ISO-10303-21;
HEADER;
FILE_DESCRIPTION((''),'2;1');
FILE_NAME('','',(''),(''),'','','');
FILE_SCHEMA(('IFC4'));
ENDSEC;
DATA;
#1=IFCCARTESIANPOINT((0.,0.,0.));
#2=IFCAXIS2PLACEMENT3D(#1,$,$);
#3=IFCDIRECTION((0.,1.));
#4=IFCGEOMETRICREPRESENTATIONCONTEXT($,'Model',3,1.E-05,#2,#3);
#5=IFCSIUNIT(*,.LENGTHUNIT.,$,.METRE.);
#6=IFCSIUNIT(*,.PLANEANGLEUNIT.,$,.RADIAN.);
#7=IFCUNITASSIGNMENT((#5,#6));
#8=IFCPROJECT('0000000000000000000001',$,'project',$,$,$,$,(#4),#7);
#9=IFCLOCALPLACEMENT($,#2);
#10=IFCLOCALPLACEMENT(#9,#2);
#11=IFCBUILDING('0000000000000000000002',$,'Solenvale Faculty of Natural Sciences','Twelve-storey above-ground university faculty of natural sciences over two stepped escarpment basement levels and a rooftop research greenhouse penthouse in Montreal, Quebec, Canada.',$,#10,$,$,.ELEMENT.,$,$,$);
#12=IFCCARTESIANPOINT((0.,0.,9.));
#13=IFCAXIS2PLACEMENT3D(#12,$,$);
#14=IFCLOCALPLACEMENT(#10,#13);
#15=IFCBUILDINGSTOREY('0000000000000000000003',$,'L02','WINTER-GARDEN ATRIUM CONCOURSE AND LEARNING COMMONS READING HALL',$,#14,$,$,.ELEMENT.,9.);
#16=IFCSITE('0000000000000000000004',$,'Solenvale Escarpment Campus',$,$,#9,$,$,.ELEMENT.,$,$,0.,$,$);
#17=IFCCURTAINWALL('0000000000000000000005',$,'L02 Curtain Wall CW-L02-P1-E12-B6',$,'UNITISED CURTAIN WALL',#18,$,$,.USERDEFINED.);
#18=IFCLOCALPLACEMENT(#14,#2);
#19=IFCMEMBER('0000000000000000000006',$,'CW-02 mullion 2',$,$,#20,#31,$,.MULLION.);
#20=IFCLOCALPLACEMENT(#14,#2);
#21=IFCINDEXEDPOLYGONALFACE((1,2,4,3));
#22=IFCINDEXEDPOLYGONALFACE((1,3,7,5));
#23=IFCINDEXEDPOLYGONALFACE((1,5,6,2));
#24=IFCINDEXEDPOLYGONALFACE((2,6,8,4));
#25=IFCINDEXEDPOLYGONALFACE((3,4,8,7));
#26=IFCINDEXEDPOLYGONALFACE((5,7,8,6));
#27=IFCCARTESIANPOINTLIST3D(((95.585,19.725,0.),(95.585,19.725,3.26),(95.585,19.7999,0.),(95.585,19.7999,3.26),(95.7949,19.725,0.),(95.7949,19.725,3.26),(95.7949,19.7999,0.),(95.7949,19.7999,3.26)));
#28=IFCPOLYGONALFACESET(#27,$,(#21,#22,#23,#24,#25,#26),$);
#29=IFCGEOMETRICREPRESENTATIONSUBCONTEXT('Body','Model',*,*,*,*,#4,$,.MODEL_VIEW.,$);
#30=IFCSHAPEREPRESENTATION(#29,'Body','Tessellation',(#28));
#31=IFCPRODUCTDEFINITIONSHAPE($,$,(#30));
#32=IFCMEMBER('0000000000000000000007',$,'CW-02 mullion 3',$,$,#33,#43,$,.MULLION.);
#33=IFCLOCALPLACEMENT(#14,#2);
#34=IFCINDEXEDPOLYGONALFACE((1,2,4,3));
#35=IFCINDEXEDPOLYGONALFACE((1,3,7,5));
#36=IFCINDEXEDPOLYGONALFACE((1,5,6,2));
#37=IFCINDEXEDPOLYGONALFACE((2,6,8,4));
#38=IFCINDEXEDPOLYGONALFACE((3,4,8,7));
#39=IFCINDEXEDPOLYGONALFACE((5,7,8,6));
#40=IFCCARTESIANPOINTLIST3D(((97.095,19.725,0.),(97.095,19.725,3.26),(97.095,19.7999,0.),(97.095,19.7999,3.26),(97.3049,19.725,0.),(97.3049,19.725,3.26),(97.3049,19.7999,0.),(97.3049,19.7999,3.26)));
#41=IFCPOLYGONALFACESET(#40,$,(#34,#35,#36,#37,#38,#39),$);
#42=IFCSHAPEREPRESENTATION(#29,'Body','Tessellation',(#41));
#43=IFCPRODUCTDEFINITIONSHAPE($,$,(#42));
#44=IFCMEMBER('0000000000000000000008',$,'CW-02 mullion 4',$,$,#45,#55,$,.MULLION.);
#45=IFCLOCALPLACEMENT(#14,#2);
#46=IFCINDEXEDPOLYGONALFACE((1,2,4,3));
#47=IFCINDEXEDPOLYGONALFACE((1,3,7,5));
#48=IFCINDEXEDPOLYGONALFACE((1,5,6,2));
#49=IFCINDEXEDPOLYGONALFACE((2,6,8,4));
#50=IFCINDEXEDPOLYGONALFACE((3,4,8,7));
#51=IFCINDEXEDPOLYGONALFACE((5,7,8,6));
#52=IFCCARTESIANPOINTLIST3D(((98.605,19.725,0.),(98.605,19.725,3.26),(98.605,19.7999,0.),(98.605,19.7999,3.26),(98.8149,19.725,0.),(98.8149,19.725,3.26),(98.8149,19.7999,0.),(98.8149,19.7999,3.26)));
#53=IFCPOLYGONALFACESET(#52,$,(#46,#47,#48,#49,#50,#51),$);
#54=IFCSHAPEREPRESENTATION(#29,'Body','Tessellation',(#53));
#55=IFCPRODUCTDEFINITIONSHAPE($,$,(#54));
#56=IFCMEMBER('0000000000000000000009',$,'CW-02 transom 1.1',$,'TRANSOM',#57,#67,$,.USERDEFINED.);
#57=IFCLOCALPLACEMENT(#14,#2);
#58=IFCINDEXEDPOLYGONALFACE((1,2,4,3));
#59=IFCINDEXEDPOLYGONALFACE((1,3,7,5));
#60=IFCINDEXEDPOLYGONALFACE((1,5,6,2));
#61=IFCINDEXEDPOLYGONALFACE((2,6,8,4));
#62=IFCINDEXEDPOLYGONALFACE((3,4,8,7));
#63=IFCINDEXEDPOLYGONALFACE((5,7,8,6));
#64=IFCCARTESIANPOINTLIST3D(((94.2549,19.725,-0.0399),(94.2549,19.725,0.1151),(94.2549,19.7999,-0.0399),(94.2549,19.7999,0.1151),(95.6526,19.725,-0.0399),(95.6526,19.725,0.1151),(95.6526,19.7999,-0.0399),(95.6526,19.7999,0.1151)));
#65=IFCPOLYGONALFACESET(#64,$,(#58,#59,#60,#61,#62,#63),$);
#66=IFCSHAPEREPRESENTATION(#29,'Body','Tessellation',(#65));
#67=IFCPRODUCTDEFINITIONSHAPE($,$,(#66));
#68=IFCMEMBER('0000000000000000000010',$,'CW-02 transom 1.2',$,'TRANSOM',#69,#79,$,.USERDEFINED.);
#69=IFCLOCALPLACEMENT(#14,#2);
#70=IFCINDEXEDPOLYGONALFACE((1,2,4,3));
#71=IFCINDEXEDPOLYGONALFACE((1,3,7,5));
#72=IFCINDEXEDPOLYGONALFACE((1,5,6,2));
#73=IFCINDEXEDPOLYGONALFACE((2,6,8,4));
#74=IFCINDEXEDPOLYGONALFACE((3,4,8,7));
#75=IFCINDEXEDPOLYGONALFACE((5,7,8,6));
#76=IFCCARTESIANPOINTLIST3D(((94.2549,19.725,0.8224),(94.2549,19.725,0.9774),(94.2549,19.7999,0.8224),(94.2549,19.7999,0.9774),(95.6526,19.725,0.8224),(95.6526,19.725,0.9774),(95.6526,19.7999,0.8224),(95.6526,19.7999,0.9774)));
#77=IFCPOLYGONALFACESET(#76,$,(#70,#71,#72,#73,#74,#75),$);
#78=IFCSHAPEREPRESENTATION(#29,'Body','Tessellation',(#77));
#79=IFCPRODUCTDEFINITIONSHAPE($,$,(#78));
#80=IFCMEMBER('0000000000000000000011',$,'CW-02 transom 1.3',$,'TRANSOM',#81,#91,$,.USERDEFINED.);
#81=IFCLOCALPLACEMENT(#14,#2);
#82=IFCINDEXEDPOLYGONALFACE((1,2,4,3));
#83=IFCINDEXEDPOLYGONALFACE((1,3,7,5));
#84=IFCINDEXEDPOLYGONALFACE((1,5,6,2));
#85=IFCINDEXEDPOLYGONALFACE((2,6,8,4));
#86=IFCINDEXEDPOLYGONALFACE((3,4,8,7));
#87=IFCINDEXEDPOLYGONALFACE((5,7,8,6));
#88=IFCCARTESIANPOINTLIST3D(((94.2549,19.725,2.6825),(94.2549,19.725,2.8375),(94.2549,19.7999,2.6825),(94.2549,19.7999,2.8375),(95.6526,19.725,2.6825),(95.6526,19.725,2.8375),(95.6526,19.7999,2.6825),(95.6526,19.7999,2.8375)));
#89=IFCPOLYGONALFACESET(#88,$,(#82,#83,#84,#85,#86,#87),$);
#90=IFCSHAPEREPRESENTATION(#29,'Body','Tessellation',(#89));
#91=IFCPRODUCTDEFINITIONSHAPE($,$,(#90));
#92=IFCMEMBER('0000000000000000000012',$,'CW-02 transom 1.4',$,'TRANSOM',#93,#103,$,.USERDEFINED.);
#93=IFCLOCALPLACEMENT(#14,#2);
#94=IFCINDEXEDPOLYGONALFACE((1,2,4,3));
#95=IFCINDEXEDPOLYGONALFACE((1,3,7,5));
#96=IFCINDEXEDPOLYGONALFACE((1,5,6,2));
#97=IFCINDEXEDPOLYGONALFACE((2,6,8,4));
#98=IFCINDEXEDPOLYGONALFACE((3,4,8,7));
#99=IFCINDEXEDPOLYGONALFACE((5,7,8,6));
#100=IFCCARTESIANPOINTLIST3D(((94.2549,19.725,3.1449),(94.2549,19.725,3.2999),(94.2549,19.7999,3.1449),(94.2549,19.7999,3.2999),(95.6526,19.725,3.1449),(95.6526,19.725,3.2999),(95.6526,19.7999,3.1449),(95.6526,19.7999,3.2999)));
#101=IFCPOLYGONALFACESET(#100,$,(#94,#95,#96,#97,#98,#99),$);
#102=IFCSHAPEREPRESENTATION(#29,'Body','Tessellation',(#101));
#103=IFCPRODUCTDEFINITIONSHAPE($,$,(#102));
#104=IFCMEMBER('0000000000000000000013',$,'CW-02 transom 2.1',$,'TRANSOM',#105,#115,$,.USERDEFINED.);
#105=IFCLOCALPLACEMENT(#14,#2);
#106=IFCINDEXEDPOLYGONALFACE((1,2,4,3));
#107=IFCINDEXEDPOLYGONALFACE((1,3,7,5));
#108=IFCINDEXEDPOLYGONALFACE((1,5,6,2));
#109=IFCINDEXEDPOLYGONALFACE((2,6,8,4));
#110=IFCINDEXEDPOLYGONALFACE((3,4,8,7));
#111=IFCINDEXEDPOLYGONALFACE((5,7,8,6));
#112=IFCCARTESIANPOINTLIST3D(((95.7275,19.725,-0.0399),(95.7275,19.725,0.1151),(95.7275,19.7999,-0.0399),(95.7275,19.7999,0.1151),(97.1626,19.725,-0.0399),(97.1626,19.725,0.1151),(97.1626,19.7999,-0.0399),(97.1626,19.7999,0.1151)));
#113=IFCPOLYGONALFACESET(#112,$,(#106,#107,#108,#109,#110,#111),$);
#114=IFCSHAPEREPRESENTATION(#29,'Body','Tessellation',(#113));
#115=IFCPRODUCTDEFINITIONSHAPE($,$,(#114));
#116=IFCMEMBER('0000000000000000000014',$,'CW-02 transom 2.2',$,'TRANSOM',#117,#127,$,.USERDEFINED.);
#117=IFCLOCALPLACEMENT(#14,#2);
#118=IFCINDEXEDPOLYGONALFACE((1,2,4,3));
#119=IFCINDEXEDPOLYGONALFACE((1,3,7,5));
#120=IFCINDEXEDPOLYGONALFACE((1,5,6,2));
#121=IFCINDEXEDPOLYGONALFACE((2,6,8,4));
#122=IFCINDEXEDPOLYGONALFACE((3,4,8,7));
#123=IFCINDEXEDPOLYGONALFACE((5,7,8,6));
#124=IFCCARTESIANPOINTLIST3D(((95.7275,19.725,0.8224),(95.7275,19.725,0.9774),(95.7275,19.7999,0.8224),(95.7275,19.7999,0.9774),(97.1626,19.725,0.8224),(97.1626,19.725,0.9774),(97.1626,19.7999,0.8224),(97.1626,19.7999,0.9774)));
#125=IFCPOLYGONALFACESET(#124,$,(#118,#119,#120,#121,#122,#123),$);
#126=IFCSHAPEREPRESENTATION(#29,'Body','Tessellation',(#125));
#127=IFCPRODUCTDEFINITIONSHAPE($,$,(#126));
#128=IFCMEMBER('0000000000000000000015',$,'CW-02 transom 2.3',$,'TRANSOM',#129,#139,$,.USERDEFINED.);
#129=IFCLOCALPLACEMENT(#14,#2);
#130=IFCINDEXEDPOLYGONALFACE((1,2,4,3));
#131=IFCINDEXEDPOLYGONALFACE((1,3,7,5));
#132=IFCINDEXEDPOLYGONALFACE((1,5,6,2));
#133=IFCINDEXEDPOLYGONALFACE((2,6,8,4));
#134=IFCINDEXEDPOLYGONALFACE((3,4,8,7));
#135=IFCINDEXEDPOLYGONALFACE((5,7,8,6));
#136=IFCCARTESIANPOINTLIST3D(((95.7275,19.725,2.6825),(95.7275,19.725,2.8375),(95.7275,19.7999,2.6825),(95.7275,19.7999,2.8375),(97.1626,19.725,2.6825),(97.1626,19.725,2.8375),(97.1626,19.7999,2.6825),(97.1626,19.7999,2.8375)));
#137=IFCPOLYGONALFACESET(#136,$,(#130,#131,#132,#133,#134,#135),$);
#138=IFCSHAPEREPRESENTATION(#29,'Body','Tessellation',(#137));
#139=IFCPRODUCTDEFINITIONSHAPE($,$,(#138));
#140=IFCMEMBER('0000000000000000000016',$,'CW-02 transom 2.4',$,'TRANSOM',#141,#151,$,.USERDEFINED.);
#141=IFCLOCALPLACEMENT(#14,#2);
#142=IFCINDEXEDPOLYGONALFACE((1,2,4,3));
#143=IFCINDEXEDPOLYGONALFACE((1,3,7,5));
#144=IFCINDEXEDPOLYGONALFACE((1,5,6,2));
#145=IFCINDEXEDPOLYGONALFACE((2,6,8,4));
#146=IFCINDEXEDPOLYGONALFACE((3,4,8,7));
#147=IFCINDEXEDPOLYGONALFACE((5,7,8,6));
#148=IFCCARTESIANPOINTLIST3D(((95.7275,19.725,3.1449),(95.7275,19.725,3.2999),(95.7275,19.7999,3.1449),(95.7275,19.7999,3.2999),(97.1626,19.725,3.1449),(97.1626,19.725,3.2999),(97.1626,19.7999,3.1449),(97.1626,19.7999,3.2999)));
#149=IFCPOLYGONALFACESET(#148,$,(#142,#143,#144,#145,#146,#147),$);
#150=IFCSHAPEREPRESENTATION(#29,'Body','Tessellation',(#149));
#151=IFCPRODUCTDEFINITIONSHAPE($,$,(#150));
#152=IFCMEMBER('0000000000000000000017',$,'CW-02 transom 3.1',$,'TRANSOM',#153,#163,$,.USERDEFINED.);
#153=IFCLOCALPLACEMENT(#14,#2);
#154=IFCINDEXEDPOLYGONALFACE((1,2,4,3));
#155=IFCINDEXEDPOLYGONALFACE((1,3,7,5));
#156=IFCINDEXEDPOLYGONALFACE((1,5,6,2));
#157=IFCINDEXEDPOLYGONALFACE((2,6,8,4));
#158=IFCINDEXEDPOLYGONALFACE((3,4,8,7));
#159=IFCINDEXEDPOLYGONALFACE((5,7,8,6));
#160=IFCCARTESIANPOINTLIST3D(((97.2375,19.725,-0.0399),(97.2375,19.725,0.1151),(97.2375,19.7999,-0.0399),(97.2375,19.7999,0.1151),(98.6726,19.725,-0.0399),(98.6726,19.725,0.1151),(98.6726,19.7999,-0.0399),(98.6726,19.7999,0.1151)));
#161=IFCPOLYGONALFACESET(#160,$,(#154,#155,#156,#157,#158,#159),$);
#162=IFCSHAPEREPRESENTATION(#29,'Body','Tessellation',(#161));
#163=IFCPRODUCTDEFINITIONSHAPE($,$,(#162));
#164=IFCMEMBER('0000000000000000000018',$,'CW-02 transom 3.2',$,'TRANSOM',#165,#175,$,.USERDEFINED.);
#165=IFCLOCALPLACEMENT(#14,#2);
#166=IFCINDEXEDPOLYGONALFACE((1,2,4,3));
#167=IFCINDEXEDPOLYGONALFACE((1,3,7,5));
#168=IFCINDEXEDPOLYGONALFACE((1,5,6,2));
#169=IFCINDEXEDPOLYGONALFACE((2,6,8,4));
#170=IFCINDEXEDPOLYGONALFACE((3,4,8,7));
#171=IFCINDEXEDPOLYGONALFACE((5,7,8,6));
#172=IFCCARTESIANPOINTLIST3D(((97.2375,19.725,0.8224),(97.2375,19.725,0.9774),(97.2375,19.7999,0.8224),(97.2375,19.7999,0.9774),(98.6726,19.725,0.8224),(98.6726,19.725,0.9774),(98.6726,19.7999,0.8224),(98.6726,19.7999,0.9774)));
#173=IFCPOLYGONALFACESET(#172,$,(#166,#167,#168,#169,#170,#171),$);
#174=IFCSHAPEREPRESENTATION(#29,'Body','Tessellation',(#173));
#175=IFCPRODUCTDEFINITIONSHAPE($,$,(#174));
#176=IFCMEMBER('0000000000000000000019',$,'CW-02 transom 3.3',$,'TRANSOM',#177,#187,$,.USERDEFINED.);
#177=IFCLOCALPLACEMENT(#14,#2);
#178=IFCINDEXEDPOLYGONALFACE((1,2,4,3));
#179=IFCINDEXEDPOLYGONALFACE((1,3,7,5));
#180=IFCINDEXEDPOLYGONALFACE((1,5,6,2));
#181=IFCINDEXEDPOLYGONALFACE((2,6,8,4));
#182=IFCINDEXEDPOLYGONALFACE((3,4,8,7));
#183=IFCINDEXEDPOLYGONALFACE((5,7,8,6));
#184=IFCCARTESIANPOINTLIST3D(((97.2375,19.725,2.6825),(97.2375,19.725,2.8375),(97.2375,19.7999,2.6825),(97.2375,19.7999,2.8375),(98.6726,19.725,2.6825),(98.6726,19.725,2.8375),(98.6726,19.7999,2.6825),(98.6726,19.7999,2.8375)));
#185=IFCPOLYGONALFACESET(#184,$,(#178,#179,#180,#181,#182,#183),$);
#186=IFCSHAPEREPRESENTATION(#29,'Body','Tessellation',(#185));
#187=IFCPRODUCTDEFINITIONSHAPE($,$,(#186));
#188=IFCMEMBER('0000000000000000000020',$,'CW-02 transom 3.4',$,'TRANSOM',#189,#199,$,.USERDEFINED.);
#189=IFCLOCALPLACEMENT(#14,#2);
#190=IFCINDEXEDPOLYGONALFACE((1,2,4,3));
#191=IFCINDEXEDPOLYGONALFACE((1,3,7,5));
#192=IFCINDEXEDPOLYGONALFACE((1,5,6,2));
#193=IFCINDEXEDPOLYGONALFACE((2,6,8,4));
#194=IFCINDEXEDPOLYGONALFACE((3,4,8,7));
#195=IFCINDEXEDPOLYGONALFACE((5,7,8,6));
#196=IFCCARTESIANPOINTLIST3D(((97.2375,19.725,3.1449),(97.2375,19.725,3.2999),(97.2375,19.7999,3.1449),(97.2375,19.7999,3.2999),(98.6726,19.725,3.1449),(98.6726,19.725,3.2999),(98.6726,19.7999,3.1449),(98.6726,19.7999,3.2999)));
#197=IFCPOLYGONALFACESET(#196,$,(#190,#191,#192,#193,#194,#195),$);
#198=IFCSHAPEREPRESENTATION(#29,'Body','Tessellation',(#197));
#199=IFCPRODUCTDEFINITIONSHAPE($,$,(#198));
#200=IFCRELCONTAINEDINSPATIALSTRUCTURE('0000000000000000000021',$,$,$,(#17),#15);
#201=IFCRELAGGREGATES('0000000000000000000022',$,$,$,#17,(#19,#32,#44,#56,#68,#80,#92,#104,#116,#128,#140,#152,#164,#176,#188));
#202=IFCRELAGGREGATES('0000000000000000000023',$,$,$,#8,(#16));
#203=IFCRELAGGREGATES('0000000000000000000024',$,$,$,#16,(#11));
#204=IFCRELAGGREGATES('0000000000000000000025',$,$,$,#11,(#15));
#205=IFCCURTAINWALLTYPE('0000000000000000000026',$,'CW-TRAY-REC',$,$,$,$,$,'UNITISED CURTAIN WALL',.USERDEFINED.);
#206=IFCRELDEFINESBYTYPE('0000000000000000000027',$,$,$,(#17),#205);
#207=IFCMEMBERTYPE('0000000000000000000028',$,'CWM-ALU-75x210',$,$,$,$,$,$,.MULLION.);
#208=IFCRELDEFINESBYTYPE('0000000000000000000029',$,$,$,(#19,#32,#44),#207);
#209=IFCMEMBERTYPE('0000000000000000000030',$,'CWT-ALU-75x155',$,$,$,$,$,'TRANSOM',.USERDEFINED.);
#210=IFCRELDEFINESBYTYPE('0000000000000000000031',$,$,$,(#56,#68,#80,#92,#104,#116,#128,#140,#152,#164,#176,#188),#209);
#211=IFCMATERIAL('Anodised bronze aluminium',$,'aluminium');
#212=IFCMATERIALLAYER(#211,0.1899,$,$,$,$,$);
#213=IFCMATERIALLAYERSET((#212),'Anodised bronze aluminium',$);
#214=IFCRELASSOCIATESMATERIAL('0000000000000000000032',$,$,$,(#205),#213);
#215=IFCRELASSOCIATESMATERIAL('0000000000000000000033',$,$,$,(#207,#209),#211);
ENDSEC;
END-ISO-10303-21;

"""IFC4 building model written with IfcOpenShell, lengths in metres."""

from ifc_helpers import new_model, si_unit, direction, frame, origin, origin_2d, place, context, subcontext, project, spatial, rectangle, extrude, material, layer, layer_set, material_profile, profile_set, type_object, element, aggregate, save


model = new_model("IFC4")

# Units and contexts
model_context = context("Model", 3, precision=1e-05, world=origin(), true_north=direction((0.0, 1.0)))
body_context = subcontext(model_context, "Body", "Model", "MODEL_VIEW")
ifc_project = project(units=[si_unit("LENGTHUNIT", "METRE"), si_unit("PLANEANGLEUNIT", "RADIAN")], contexts=[model_context])

# Site, building, storey
site_placement = place(None, origin())
site = spatial("IfcSite", under=ifc_project, at=site_placement, Name="Solenvale Escarpment Campus", CompositionType="ELEMENT", RefElevation=0.0)
building_placement = place(site_placement, origin())
building = spatial("IfcBuilding", under=site, at=building_placement, Name="Solenvale Faculty of Natural Sciences", Description="Twelve-storey above-ground university faculty of natural sciences over two stepped escarpment basement levels and a rooftop research greenhouse penthouse in Montreal, Quebec, Canada.", CompositionType="ELEMENT")
storey_placement = place(building_placement, frame((0.0, 0.0, 9.0)))
storey = spatial("IfcBuildingStorey", under=building, at=storey_placement, Name="L02", Description="WINTER-GARDEN ATRIUM CONCOURSE AND LEARNING COMMONS READING HALL", CompositionType="ELEMENT", Elevation=9.0)

# Curtain wall, members
ifc_material_1 = material(Name="Anodised bronze aluminium", Category="aluminium")
ifc_layer_1 = layer(ifc_material_1, 0.1899)
ifc_layer_set_1 = layer_set([ifc_layer_1], Name="Anodised bronze aluminium")
curtain_wall_type = type_object("IfcCurtainWallType", Name="CW-TRAY-REC", ElementType="UNITISED CURTAIN WALL", PredefinedType="USERDEFINED", material=ifc_layer_set_1)
curtain_wall_placement = place(storey_placement, origin())
curtain_wall = element("IfcCurtainWall", 1, at=curtain_wall_placement, inside=storey, type_object=curtain_wall_type, Name="L02 Curtain Wall CW-L02-P1-E12-B6", ObjectType="UNITISED CURTAIN WALL", PredefinedType="USERDEFINED")
ifc_material_profile_1 = material_profile(ifc_material_1, rectangle(XDim=0.075, YDim=0.21, at=origin_2d()), Name="ALU-MUL-75x210")
ifc_profile_set_1 = profile_set([ifc_material_profile_1], Name="Anodised bronze aluminium")
member_type_1 = type_object("IfcMemberType", Name="CWM-ALU-75x210", PredefinedType="MULLION", material=ifc_profile_set_1)
member_1_placement = place(storey_placement, frame((95.6899, 19.7625, 0.0), z_axis=(0.0, 0.0, 1.0), x_axis=(0.0, 1.0, 0.0)))
member_1 = element("IfcMember", 2, at=member_1_placement, type_object=member_type_1, Name="CW-02 mullion 2", PredefinedType="MULLION", context=body_context, shape_type="SweptSolid", body=[
    extrude(rectangle(XDim=0.075, YDim=0.21, at=origin_2d()), origin(), (0.0, 0.0, 1.0), 3.26),
])
member_2_placement = place(storey_placement, frame((97.2, 19.7625, 0.0), z_axis=(0.0, 0.0, 1.0), x_axis=(0.0, 1.0, 0.0)))
member_2 = element("IfcMember", 3, at=member_2_placement, type_object=member_type_1, Name="CW-02 mullion 3", PredefinedType="MULLION", context=body_context, shape_type="SweptSolid", body=[
    extrude(rectangle(XDim=0.075, YDim=0.21, at=origin_2d()), origin(), (0.0, 0.0, 1.0), 3.26),
])
member_3_placement = place(storey_placement, frame((98.71, 19.7625, 0.0), z_axis=(0.0, 0.0, 1.0), x_axis=(0.0, 1.0, 0.0)))
member_3 = element("IfcMember", 4, at=member_3_placement, type_object=member_type_1, Name="CW-02 mullion 4", PredefinedType="MULLION", context=body_context, shape_type="SweptSolid", body=[
    extrude(rectangle(XDim=0.075, YDim=0.21, at=origin_2d()), origin(), (0.0, 0.0, 1.0), 3.26),
])
ifc_material_profile_2 = material_profile(ifc_material_1, rectangle(XDim=0.075, YDim=0.155, at=origin_2d()), Name="ALU-TRN-75x155")
ifc_profile_set_2 = profile_set([ifc_material_profile_2], Name="Anodised bronze aluminium")
member_type_2 = type_object("IfcMemberType", Name="CWT-ALU-75x155", ElementType="TRANSOM", PredefinedType="USERDEFINED", material=ifc_profile_set_2)
member_4_placement = place(storey_placement, frame((94.2549, 19.7625, 0.0376), z_axis=(1.0, 0.0, 0.0), x_axis=(0.0, 1.0, 0.0)))
member_4 = element("IfcMember", 5, at=member_4_placement, type_object=member_type_2, Name="CW-02 transom 1.1", ObjectType="TRANSOM", PredefinedType="USERDEFINED", context=body_context, shape_type="SweptSolid", body=[
    extrude(rectangle(XDim=0.075, YDim=0.155, at=origin_2d()), origin(), (0.0, 0.0, 1.0), 1.3977),
])
member_5_placement = place(storey_placement, frame((94.2549, 19.7625, 0.8999), z_axis=(1.0, 0.0, 0.0), x_axis=(0.0, 1.0, 0.0)))
member_5 = element("IfcMember", 6, at=member_5_placement, type_object=member_type_2, Name="CW-02 transom 1.2", ObjectType="TRANSOM", PredefinedType="USERDEFINED", context=body_context, shape_type="SweptSolid", body=[
    extrude(rectangle(XDim=0.075, YDim=0.155, at=origin_2d()), origin(), (0.0, 0.0, 1.0), 1.3977),
])
member_6_placement = place(storey_placement, frame((94.2549, 19.7625, 2.76), z_axis=(1.0, 0.0, 0.0), x_axis=(0.0, 1.0, 0.0)))
member_6 = element("IfcMember", 7, at=member_6_placement, type_object=member_type_2, Name="CW-02 transom 1.3", ObjectType="TRANSOM", PredefinedType="USERDEFINED", context=body_context, shape_type="SweptSolid", body=[
    extrude(rectangle(XDim=0.075, YDim=0.155, at=origin_2d()), origin(), (0.0, 0.0, 1.0), 1.3977),
])
member_7_placement = place(storey_placement, frame((94.2549, 19.7625, 3.2224), z_axis=(1.0, 0.0, 0.0), x_axis=(0.0, 1.0, 0.0)))
member_7 = element("IfcMember", 8, at=member_7_placement, type_object=member_type_2, Name="CW-02 transom 1.4", ObjectType="TRANSOM", PredefinedType="USERDEFINED", context=body_context, shape_type="SweptSolid", body=[
    extrude(rectangle(XDim=0.075, YDim=0.155, at=origin_2d()), origin(), (0.0, 0.0, 1.0), 1.3977),
])
member_8_placement = place(storey_placement, frame((95.7275, 19.7625, 0.0376), z_axis=(1.0, 0.0, 0.0), x_axis=(0.0, 1.0, 0.0)))
member_8 = element("IfcMember", 9, at=member_8_placement, type_object=member_type_2, Name="CW-02 transom 2.1", ObjectType="TRANSOM", PredefinedType="USERDEFINED", context=body_context, shape_type="SweptSolid", body=[
    extrude(rectangle(XDim=0.075, YDim=0.155, at=origin_2d()), origin(), (0.0, 0.0, 1.0), 1.4351),
])
member_9_placement = place(storey_placement, frame((95.7275, 19.7625, 0.8999), z_axis=(1.0, 0.0, 0.0), x_axis=(0.0, 1.0, 0.0)))
member_9 = element("IfcMember", 10, at=member_9_placement, type_object=member_type_2, Name="CW-02 transom 2.2", ObjectType="TRANSOM", PredefinedType="USERDEFINED", context=body_context, shape_type="SweptSolid", body=[
    extrude(rectangle(XDim=0.075, YDim=0.155, at=origin_2d()), origin(), (0.0, 0.0, 1.0), 1.4351),
])
member_10_placement = place(storey_placement, frame((95.7275, 19.7625, 2.76), z_axis=(1.0, 0.0, 0.0), x_axis=(0.0, 1.0, 0.0)))
member_10 = element("IfcMember", 11, at=member_10_placement, type_object=member_type_2, Name="CW-02 transom 2.3", ObjectType="TRANSOM", PredefinedType="USERDEFINED", context=body_context, shape_type="SweptSolid", body=[
    extrude(rectangle(XDim=0.075, YDim=0.155, at=origin_2d()), origin(), (0.0, 0.0, 1.0), 1.4351),
])
member_11_placement = place(storey_placement, frame((95.7275, 19.7625, 3.2224), z_axis=(1.0, 0.0, 0.0), x_axis=(0.0, 1.0, 0.0)))
member_11 = element("IfcMember", 12, at=member_11_placement, type_object=member_type_2, Name="CW-02 transom 2.4", ObjectType="TRANSOM", PredefinedType="USERDEFINED", context=body_context, shape_type="SweptSolid", body=[
    extrude(rectangle(XDim=0.075, YDim=0.155, at=origin_2d()), origin(), (0.0, 0.0, 1.0), 1.4351),
])
member_12_placement = place(storey_placement, frame((97.2375, 19.7625, 0.0376), z_axis=(1.0, 0.0, 0.0), x_axis=(0.0, 1.0, 0.0)))
member_12 = element("IfcMember", 13, at=member_12_placement, type_object=member_type_2, Name="CW-02 transom 3.1", ObjectType="TRANSOM", PredefinedType="USERDEFINED", context=body_context, shape_type="SweptSolid", body=[
    extrude(rectangle(XDim=0.075, YDim=0.155, at=origin_2d()), origin(), (0.0, 0.0, 1.0), 1.4351),
])
member_13_placement = place(storey_placement, frame((97.2375, 19.7625, 0.8999), z_axis=(1.0, 0.0, 0.0), x_axis=(0.0, 1.0, 0.0)))
member_13 = element("IfcMember", 14, at=member_13_placement, type_object=member_type_2, Name="CW-02 transom 3.2", ObjectType="TRANSOM", PredefinedType="USERDEFINED", context=body_context, shape_type="SweptSolid", body=[
    extrude(rectangle(XDim=0.075, YDim=0.155, at=origin_2d()), origin(), (0.0, 0.0, 1.0), 1.4351),
])
member_14_placement = place(storey_placement, frame((97.2375, 19.7625, 2.76), z_axis=(1.0, 0.0, 0.0), x_axis=(0.0, 1.0, 0.0)))
member_14 = element("IfcMember", 15, at=member_14_placement, type_object=member_type_2, Name="CW-02 transom 3.3", ObjectType="TRANSOM", PredefinedType="USERDEFINED", context=body_context, shape_type="SweptSolid", body=[
    extrude(rectangle(XDim=0.075, YDim=0.155, at=origin_2d()), origin(), (0.0, 0.0, 1.0), 1.4351),
])
member_15_placement = place(storey_placement, frame((97.2375, 19.7625, 3.2224), z_axis=(1.0, 0.0, 0.0), x_axis=(0.0, 1.0, 0.0)))
member_15 = element("IfcMember", 16, at=member_15_placement, type_object=member_type_2, Name="CW-02 transom 3.4", ObjectType="TRANSOM", PredefinedType="USERDEFINED", context=body_context, shape_type="SweptSolid", body=[
    extrude(rectangle(XDim=0.075, YDim=0.155, at=origin_2d()), origin(), (0.0, 0.0, 1.0), 1.4351),
])
aggregate(curtain_wall, [member_1, member_2, member_3, member_4, member_5, member_6, member_7, member_8, member_9, member_10, member_11, member_12, member_13, member_14, member_15])

save(model, "model.ifc")
